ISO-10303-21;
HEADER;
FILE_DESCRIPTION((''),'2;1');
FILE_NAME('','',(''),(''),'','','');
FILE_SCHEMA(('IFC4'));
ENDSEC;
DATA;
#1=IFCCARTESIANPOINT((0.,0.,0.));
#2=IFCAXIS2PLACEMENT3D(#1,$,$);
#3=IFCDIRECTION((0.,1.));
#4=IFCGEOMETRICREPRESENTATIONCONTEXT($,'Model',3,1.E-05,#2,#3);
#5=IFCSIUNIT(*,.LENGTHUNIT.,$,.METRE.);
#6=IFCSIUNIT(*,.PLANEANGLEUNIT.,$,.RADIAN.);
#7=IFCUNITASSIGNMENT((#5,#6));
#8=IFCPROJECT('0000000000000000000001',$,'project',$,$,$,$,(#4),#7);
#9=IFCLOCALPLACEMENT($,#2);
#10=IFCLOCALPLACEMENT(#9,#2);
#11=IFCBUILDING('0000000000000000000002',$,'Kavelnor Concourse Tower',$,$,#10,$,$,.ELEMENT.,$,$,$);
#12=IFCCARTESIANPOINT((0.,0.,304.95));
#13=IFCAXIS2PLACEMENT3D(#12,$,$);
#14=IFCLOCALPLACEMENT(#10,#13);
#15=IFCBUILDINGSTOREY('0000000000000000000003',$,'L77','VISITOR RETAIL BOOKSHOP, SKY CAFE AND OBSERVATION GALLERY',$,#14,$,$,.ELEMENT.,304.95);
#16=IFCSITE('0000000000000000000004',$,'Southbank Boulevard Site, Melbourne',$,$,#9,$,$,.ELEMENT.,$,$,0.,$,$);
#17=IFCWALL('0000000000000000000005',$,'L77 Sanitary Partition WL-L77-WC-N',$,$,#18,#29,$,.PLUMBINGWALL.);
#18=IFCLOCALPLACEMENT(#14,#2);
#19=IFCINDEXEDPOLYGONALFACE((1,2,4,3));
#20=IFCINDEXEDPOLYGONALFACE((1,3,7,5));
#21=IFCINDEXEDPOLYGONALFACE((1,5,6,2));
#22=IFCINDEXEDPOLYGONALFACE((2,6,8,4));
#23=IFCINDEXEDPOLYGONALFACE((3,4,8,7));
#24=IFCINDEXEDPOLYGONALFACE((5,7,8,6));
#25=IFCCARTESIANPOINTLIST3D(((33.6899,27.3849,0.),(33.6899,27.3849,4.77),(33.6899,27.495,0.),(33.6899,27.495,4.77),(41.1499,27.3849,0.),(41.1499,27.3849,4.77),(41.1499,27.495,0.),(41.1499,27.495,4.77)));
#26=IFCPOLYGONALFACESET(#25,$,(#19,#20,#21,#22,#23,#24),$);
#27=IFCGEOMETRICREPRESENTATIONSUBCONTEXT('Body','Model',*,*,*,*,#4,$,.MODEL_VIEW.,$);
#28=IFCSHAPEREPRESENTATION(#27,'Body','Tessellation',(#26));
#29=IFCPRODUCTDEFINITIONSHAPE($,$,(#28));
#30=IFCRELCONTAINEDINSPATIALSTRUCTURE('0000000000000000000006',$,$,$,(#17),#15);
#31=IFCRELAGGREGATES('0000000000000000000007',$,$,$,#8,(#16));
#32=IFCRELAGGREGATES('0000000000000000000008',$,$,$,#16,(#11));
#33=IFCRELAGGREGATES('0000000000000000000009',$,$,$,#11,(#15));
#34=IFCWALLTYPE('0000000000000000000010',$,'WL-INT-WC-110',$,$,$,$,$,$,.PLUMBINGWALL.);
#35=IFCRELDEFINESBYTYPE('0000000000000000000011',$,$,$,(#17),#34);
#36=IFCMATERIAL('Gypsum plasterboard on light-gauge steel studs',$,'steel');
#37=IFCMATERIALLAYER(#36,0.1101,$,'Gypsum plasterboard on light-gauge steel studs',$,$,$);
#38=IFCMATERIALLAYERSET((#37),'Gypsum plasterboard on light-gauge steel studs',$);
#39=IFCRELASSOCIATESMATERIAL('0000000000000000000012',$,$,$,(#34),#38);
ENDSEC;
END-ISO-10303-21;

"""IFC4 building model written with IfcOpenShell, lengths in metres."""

from ifc_helpers import new_model, si_unit, direction, frame, frame_2d, origin, place, context, subcontext, project, spatial, rectangle, extrude, material, layer, layer_set, type_object, element, save


model = new_model("IFC4")

# Units and contexts
model_context = context("Model", 3, precision=1e-05, world=origin(), true_north=direction((0.0, 1.0)))
body_context = subcontext(model_context, "Body", "Model", "MODEL_VIEW")
ifc_project = project(units=[si_unit("LENGTHUNIT", "METRE"), si_unit("PLANEANGLEUNIT", "RADIAN")], contexts=[model_context])

# Site, building, storey
site_placement = place(None, origin())
site = spatial("IfcSite", under=ifc_project, at=site_placement, Name="Southbank Boulevard Site, Melbourne", CompositionType="ELEMENT", RefElevation=0.0)
building_placement = place(site_placement, origin())
building = spatial("IfcBuilding", under=site, at=building_placement, Name="Kavelnor Concourse Tower", CompositionType="ELEMENT")
storey_placement = place(building_placement, frame((0.0, 0.0, 304.95)))
storey = spatial("IfcBuildingStorey", under=building, at=storey_placement, Name="L77", Description="VISITOR RETAIL BOOKSHOP, SKY CAFE AND OBSERVATION GALLERY", CompositionType="ELEMENT", Elevation=304.95)

# Wall
ifc_material_1 = material(Name="Gypsum plasterboard on light-gauge steel studs", Category="steel")
ifc_layer_1 = layer(ifc_material_1, 0.1101, Name="Gypsum plasterboard on light-gauge steel studs")
ifc_layer_set_1 = layer_set([ifc_layer_1], Name="Gypsum plasterboard on light-gauge steel studs")
wall_type_1 = type_object("IfcWallType", Name="WL-INT-WC-110", PredefinedType="PLUMBINGWALL", material=ifc_layer_set_1)
wall_1_placement = place(storey_placement, frame((33.6899, 27.4399, 0.0), z_axis=(0.0, 0.0, 1.0), x_axis=(1.0, 0.0, 0.0)))
element("IfcWall", 1, at=wall_1_placement, inside=storey, type_object=wall_type_1, Name="L77 Sanitary Partition WL-L77-WC-N", PredefinedType="PLUMBINGWALL", context=body_context, shape_type="SweptSolid", body=[
    extrude(rectangle(XDim=7.46, YDim=0.1101, at=frame_2d((3.73, 0.0))), origin(), (0.0, 0.0, 1.0), 4.77),
])

save(model, "model.ifc")
